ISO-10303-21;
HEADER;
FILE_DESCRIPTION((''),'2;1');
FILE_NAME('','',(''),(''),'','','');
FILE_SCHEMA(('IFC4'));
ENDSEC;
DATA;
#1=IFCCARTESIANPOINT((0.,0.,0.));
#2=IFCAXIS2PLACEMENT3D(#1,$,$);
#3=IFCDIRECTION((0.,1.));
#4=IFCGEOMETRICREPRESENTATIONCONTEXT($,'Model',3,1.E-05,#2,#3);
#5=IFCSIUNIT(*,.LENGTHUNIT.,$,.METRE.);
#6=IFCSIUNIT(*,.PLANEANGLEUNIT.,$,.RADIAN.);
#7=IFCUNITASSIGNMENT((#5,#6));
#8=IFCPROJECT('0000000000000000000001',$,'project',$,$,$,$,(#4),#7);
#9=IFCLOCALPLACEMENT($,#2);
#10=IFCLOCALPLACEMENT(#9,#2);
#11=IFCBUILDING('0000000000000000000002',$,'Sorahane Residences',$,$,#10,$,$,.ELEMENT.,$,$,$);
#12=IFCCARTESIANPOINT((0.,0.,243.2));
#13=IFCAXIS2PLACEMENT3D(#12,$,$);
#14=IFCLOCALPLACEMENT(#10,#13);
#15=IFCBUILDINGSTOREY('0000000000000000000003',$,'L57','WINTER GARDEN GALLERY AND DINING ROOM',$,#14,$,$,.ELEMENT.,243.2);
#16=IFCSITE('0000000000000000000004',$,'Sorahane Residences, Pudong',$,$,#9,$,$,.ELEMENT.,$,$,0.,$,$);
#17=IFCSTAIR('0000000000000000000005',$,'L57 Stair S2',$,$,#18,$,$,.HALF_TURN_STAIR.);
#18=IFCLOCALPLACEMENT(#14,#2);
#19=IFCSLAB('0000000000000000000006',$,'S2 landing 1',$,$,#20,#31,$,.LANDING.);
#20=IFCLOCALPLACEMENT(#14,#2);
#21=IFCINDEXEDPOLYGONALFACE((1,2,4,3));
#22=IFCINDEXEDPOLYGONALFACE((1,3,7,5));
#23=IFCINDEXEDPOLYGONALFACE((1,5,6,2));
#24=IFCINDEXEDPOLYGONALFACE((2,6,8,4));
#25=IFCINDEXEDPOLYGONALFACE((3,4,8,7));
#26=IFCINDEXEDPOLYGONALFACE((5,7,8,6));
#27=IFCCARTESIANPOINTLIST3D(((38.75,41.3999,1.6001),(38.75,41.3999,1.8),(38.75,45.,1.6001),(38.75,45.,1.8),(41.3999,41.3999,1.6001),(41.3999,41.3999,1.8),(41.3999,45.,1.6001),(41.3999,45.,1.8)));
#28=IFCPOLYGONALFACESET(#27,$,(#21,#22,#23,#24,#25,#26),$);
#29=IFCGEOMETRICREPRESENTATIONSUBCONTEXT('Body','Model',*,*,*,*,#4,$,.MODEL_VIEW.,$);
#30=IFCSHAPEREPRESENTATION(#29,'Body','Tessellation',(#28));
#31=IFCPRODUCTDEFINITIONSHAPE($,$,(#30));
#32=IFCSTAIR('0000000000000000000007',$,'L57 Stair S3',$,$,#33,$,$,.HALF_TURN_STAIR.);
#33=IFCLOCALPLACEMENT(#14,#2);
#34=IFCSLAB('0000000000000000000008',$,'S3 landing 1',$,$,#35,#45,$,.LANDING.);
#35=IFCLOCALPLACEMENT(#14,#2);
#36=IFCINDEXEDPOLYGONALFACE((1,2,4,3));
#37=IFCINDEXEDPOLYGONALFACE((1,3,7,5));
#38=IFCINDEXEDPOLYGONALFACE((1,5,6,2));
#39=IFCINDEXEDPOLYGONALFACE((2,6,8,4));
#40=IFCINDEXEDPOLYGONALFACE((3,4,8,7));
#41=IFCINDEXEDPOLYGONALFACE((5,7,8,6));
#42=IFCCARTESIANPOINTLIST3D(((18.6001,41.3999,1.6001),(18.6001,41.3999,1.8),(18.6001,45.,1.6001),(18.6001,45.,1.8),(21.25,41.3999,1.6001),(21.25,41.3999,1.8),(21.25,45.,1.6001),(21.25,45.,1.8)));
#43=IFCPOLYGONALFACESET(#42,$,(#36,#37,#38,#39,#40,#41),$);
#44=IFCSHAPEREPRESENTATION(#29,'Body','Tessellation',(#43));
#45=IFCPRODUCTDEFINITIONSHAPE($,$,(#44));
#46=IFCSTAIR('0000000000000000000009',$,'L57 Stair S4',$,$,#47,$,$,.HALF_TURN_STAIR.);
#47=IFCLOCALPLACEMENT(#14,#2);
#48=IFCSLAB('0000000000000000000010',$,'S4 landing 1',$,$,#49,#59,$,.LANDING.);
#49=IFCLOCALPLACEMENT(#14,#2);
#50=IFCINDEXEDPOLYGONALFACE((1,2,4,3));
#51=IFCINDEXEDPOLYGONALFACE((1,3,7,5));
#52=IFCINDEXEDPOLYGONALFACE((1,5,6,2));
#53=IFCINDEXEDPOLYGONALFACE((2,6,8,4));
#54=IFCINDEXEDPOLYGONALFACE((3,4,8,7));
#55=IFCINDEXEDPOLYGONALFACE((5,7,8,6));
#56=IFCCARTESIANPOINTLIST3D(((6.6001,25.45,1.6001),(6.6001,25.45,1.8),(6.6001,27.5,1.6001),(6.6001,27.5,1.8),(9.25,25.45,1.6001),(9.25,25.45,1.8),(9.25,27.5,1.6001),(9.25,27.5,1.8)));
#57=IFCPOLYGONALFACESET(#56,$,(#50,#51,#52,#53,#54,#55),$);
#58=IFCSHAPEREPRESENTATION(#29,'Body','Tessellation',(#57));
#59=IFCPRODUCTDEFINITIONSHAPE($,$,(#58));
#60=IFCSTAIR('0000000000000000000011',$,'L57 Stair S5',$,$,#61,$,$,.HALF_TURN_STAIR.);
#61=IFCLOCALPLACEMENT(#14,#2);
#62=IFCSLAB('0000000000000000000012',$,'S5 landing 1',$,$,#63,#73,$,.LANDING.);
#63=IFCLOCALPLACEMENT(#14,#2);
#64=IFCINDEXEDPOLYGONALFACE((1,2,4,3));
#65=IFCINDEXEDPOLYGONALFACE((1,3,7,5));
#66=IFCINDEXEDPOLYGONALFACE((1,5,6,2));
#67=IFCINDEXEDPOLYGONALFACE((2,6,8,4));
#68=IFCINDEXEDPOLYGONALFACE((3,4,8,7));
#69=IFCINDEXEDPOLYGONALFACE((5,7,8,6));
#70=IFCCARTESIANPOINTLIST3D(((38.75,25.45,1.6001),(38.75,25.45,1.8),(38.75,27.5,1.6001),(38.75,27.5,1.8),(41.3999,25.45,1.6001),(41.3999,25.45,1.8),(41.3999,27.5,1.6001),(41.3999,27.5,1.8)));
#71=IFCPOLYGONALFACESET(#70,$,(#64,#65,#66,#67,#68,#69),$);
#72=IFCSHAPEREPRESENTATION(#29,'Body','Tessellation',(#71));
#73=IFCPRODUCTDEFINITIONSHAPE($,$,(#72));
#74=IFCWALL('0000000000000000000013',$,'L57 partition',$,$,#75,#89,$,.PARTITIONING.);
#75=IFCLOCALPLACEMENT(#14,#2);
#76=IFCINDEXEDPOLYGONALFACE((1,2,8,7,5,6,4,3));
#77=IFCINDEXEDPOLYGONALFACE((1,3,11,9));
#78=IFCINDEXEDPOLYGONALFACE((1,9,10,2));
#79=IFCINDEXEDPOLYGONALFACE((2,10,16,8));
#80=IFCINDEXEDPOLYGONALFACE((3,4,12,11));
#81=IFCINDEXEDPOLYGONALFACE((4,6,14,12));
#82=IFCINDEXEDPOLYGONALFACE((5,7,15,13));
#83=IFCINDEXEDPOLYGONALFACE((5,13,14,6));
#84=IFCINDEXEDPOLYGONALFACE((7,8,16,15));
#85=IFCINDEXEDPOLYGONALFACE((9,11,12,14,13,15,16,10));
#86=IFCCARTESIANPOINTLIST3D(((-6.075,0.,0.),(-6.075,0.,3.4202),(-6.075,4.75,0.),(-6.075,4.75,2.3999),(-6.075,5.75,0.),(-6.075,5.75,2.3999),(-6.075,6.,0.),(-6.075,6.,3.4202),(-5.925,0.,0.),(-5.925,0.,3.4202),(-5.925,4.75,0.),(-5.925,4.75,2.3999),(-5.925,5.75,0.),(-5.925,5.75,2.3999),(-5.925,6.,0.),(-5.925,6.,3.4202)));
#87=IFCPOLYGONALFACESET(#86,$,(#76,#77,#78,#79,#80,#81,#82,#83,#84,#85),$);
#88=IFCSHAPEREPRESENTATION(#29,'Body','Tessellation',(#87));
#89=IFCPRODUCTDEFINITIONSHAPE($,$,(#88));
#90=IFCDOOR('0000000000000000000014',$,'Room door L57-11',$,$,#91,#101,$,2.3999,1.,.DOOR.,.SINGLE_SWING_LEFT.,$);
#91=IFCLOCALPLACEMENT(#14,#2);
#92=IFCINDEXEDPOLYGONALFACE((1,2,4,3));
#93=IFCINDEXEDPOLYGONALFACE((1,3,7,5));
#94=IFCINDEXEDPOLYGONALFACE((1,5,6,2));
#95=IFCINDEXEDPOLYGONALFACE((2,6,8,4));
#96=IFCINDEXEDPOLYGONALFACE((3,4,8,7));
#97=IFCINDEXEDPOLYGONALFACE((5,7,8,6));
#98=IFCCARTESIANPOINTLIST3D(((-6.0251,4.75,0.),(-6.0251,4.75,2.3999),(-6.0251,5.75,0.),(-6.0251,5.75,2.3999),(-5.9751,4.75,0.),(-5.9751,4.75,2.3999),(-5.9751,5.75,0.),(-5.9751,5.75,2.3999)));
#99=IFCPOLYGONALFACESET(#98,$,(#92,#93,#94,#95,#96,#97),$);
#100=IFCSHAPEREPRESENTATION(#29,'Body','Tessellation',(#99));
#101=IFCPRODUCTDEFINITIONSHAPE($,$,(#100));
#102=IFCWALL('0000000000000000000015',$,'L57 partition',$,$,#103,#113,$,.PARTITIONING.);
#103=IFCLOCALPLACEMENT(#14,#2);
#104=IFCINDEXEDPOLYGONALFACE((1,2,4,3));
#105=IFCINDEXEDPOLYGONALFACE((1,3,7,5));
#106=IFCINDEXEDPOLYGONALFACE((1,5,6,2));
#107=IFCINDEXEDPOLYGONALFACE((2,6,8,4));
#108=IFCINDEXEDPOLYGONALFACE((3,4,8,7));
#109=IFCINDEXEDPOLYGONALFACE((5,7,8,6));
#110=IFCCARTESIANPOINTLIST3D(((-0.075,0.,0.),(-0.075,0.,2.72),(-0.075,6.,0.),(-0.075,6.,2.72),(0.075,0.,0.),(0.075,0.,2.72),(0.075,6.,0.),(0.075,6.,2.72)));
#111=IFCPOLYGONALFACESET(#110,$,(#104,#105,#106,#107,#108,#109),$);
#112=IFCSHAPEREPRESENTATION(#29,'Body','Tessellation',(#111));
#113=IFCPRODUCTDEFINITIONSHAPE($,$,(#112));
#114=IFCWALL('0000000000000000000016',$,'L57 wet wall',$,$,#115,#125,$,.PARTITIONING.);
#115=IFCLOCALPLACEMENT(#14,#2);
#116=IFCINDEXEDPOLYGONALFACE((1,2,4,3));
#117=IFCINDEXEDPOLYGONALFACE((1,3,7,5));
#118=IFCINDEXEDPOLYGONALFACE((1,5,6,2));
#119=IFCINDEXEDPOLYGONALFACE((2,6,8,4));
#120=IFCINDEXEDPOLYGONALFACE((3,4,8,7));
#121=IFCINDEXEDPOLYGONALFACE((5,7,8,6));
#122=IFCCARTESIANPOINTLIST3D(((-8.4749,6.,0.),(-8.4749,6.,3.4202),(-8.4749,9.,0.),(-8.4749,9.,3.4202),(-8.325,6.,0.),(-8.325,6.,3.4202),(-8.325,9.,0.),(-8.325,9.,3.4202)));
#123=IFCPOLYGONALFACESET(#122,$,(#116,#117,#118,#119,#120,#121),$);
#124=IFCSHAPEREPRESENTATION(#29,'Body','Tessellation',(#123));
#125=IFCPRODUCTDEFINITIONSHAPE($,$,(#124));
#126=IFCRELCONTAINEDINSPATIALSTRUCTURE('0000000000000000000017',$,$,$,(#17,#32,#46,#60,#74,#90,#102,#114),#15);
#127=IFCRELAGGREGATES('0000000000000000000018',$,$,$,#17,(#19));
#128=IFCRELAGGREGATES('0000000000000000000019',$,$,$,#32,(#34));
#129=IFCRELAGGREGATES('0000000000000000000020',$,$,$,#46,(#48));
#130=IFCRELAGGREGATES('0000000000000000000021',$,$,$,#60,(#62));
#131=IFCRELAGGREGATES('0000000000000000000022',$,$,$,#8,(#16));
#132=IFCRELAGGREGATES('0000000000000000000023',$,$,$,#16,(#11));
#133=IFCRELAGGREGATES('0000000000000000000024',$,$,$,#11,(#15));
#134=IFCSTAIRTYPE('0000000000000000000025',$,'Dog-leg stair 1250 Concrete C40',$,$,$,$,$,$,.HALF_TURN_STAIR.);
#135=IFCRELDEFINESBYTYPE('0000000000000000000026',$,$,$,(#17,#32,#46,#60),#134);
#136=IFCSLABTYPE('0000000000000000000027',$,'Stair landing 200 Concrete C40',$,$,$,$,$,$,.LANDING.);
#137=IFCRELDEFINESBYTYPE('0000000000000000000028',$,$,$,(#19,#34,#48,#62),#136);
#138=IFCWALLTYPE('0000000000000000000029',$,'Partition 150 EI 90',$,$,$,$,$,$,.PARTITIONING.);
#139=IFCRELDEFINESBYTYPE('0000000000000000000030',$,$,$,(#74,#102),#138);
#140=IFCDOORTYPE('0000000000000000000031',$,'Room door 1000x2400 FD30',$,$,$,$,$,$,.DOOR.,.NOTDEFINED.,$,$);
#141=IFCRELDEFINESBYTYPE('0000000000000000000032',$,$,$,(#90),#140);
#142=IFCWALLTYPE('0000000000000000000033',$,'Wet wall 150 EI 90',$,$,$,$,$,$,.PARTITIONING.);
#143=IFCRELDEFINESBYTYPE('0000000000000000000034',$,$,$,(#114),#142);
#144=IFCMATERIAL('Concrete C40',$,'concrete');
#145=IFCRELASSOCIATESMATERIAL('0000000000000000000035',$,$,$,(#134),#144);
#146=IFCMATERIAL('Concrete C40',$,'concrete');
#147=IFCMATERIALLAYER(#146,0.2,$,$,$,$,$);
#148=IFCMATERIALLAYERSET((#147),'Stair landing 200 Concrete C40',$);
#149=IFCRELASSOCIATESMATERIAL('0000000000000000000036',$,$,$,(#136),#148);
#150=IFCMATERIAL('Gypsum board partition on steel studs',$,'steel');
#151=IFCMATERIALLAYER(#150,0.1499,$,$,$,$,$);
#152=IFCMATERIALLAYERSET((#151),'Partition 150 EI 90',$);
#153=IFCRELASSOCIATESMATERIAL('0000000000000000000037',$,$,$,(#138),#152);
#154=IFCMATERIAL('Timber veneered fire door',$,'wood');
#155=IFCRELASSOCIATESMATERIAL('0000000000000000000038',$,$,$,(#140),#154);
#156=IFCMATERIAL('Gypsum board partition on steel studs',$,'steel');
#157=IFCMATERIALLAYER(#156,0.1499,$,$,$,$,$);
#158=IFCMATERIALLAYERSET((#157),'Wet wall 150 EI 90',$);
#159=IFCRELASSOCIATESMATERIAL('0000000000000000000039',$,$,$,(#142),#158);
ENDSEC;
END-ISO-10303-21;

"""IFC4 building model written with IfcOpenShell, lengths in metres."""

from ifc_helpers import new_model, si_unit, direction, frame, frame_2d, origin, place, context, subcontext, project, spatial, polyline, rectangle, outline, extrude, material, layer, layer_set, type_object, element, fill, aggregate, save


model = new_model("IFC4")

# Units and contexts
model_context = context("Model", 3, precision=1e-05, world=origin(), true_north=direction((0.0, 1.0)))
body_context = subcontext(model_context, "Body", "Model", "MODEL_VIEW")
ifc_project = project(units=[si_unit("LENGTHUNIT", "METRE"), si_unit("PLANEANGLEUNIT", "RADIAN")], contexts=[model_context])

# Site, building, storey
site_placement = place(None, origin())
site = spatial("IfcSite", under=ifc_project, at=site_placement, Name="Sorahane Residences, Pudong", CompositionType="ELEMENT", RefElevation=0.0)
building_placement = place(site_placement, origin())
building = spatial("IfcBuilding", under=site, at=building_placement, Name="Sorahane Residences", CompositionType="ELEMENT")
storey_placement = place(building_placement, frame((0.0, 0.0, 243.2)))
storey = spatial("IfcBuildingStorey", under=building, at=storey_placement, Name="L57", Description="WINTER GARDEN GALLERY AND DINING ROOM", CompositionType="ELEMENT", Elevation=243.2)

# Stairs, slabs
ifc_material_1 = material(Name="Concrete C40", Category="concrete")
stair_type = type_object("IfcStairType", Name="Dog-leg stair 1250 Concrete C40", PredefinedType="HALF_TURN_STAIR", material=ifc_material_1)
ifc_material_2 = material(Name="Concrete C40", Category="concrete")
ifc_layer_1 = layer(ifc_material_2, 0.2)
ifc_layer_set_1 = layer_set([ifc_layer_1], Name="Stair landing 200 Concrete C40")
slab_type_1 = type_object("IfcSlabType", Name="Stair landing 200 Concrete C40", PredefinedType="LANDING", material=ifc_layer_set_1)
stair_1_placement = place(storey_placement, origin())
stair_1 = element("IfcStair", 1, at=stair_1_placement, inside=storey, type_object=stair_type, Name="L57 Stair S2", PredefinedType="HALF_TURN_STAIR")
slab_1_placement = place(storey_placement, frame((0.0, 0.0, 1.6001)))
slab_1 = element("IfcSlab", 2, at=slab_1_placement, type_object=slab_type_1, Name="S2 landing 1", PredefinedType="LANDING", context=body_context, shape_type="SweptSolid", body=[
    extrude(outline(polyline([(41.3999, 41.3999), (41.3999, 45.0), (38.75, 45.0), (38.75, 41.3999), (41.3999, 41.3999)])), origin(), (0.0, 0.0, 1.0), 0.2),
])
aggregate(stair_1, [slab_1])
stair_2_placement = place(storey_placement, origin())
stair_2 = element("IfcStair", 3, at=stair_2_placement, inside=storey, type_object=stair_type, Name="L57 Stair S3", PredefinedType="HALF_TURN_STAIR")
slab_2_placement = place(storey_placement, frame((0.0, 0.0, 1.6001)))
slab_2 = element("IfcSlab", 4, at=slab_2_placement, type_object=slab_type_1, Name="S3 landing 1", PredefinedType="LANDING", context=body_context, shape_type="SweptSolid", body=[
    extrude(outline(polyline([(21.25, 41.3999), (21.25, 45.0), (18.6001, 45.0), (18.6001, 41.3999), (21.25, 41.3999)])), origin(), (0.0, 0.0, 1.0), 0.2),
])
aggregate(stair_2, [slab_2])
stair_3_placement = place(storey_placement, origin())
stair_3 = element("IfcStair", 5, at=stair_3_placement, inside=storey, type_object=stair_type, Name="L57 Stair S4", PredefinedType="HALF_TURN_STAIR")
slab_3_placement = place(storey_placement, frame((0.0, 0.0, 1.6001)))
slab_3 = element("IfcSlab", 6, at=slab_3_placement, type_object=slab_type_1, Name="S4 landing 1", PredefinedType="LANDING", context=body_context, shape_type="SweptSolid", body=[
    extrude(outline(polyline([(9.25, 25.45), (9.25, 27.5), (6.6001, 27.5), (6.6001, 25.45), (9.25, 25.45)])), origin(), (0.0, 0.0, 1.0), 0.2),
])
aggregate(stair_3, [slab_3])
stair_4_placement = place(storey_placement, origin())
stair_4 = element("IfcStair", 7, at=stair_4_placement, inside=storey, type_object=stair_type, Name="L57 Stair S5", PredefinedType="HALF_TURN_STAIR")
slab_4_placement = place(storey_placement, frame((0.0, 0.0, 1.6001)))
slab_4 = element("IfcSlab", 8, at=slab_4_placement, type_object=slab_type_1, Name="S5 landing 1", PredefinedType="LANDING", context=body_context, shape_type="SweptSolid", body=[
    extrude(outline(polyline([(41.3999, 25.45), (41.3999, 27.5), (38.75, 27.5), (38.75, 25.45), (41.3999, 25.45)])), origin(), (0.0, 0.0, 1.0), 0.2),
])
aggregate(stair_4, [slab_4])

# Wall, opening, door
ifc_material_3 = material(Name="Gypsum board partition on steel studs", Category="steel")
ifc_layer_2 = layer(ifc_material_3, 0.1499)
ifc_layer_set_2 = layer_set([ifc_layer_2], Name="Partition 150 EI 90")
wall_type_1 = type_object("IfcWallType", Name="Partition 150 EI 90", PredefinedType="PARTITIONING", material=ifc_layer_set_2)
wall_1_placement = place(storey_placement, frame((-6.0, 0.0, 0.0), z_axis=(0.0, 0.0, 1.0), x_axis=(0.0, 1.0, 0.0)))
wall_1 = element("IfcWall", 9, at=wall_1_placement, inside=storey, type_object=wall_type_1, Name="L57 partition", PredefinedType="PARTITIONING", context=body_context, shape_type="SweptSolid", body=[
    extrude(rectangle(XDim=6.0, YDim=0.1499, at=frame_2d((3.0, 0.0))), origin(), (0.0, 0.0, 1.0), 3.4202),
])
opening_1_placement = place(wall_1_placement, frame((4.75, 0.0, 0.0)))
opening_1 = element("IfcOpeningElement", 10, at=opening_1_placement, cuts=wall_1, PredefinedType="OPENING", context=body_context, shape_type="SweptSolid", body=[
    extrude(rectangle(XDim=1.0, YDim=2.3999, at=frame_2d((0.5, 1.2))), frame((0.0, 0.085, 0.0), z_axis=(0.0, -1.0, 0.0), x_axis=(1.0, 0.0, 0.0)), (0.0, 0.0, 1.0), 0.1699),
])
ifc_material_4 = material(Name="Timber veneered fire door", Category="wood")
door_type = type_object("IfcDoorType", Name="Room door 1000x2400 FD30", OperationType="NOTDEFINED", PredefinedType="DOOR", material=ifc_material_4)
door_1_placement = place(opening_1_placement, frame((1.0, 0.0, 0.0), z_axis=(0.0, 0.0, 1.0), x_axis=(-1.0, 0.0, 0.0)))
door_1 = element("IfcDoor", 11, at=door_1_placement, inside=storey, type_object=door_type, Name="Room door L57-11", OperationType="SINGLE_SWING_LEFT", OverallHeight=2.3999, OverallWidth=1.0, PredefinedType="DOOR", context=body_context, shape_type="SweptSolid", body=[
    extrude(rectangle(XDim=1.0, YDim=2.3999, at=frame_2d((0.5, 1.2))), frame((0.0, 0.0249, 0.0), z_axis=(0.0, -1.0, 0.0), x_axis=(1.0, 0.0, 0.0)), (0.0, 0.0, 1.0), 0.05),
])
fill(opening_1, door_1)

# Wall
wall_2_placement = place(storey_placement, frame((0.0, 0.0, 0.0), z_axis=(0.0, 0.0, 1.0), x_axis=(0.0, 1.0, 0.0)))
element("IfcWall", 12, at=wall_2_placement, inside=storey, type_object=wall_type_1, Name="L57 partition", PredefinedType="PARTITIONING", context=body_context, shape_type="SweptSolid", body=[
    extrude(rectangle(XDim=6.0, YDim=0.1499, at=frame_2d((3.0, 0.0))), origin(), (0.0, 0.0, 1.0), 2.72),
])

# Wall
ifc_material_5 = material(Name="Gypsum board partition on steel studs", Category="steel")
ifc_layer_3 = layer(ifc_material_5, 0.1499)
ifc_layer_set_3 = layer_set([ifc_layer_3], Name="Wet wall 150 EI 90")
wall_type_2 = type_object("IfcWallType", Name="Wet wall 150 EI 90", PredefinedType="PARTITIONING", material=ifc_layer_set_3)
wall_3_placement = place(storey_placement, frame((-8.3999, 6.0, 0.0), z_axis=(0.0, 0.0, 1.0), x_axis=(0.0, 1.0, 0.0)))
element("IfcWall", 13, at=wall_3_placement, inside=storey, type_object=wall_type_2, Name="L57 wet wall", PredefinedType="PARTITIONING", context=body_context, shape_type="SweptSolid", body=[
    extrude(rectangle(XDim=3.0, YDim=0.1499, at=frame_2d((1.5, 0.0))), origin(), (0.0, 0.0, 1.0), 3.4202),
])

save(model, "model.ifc")
